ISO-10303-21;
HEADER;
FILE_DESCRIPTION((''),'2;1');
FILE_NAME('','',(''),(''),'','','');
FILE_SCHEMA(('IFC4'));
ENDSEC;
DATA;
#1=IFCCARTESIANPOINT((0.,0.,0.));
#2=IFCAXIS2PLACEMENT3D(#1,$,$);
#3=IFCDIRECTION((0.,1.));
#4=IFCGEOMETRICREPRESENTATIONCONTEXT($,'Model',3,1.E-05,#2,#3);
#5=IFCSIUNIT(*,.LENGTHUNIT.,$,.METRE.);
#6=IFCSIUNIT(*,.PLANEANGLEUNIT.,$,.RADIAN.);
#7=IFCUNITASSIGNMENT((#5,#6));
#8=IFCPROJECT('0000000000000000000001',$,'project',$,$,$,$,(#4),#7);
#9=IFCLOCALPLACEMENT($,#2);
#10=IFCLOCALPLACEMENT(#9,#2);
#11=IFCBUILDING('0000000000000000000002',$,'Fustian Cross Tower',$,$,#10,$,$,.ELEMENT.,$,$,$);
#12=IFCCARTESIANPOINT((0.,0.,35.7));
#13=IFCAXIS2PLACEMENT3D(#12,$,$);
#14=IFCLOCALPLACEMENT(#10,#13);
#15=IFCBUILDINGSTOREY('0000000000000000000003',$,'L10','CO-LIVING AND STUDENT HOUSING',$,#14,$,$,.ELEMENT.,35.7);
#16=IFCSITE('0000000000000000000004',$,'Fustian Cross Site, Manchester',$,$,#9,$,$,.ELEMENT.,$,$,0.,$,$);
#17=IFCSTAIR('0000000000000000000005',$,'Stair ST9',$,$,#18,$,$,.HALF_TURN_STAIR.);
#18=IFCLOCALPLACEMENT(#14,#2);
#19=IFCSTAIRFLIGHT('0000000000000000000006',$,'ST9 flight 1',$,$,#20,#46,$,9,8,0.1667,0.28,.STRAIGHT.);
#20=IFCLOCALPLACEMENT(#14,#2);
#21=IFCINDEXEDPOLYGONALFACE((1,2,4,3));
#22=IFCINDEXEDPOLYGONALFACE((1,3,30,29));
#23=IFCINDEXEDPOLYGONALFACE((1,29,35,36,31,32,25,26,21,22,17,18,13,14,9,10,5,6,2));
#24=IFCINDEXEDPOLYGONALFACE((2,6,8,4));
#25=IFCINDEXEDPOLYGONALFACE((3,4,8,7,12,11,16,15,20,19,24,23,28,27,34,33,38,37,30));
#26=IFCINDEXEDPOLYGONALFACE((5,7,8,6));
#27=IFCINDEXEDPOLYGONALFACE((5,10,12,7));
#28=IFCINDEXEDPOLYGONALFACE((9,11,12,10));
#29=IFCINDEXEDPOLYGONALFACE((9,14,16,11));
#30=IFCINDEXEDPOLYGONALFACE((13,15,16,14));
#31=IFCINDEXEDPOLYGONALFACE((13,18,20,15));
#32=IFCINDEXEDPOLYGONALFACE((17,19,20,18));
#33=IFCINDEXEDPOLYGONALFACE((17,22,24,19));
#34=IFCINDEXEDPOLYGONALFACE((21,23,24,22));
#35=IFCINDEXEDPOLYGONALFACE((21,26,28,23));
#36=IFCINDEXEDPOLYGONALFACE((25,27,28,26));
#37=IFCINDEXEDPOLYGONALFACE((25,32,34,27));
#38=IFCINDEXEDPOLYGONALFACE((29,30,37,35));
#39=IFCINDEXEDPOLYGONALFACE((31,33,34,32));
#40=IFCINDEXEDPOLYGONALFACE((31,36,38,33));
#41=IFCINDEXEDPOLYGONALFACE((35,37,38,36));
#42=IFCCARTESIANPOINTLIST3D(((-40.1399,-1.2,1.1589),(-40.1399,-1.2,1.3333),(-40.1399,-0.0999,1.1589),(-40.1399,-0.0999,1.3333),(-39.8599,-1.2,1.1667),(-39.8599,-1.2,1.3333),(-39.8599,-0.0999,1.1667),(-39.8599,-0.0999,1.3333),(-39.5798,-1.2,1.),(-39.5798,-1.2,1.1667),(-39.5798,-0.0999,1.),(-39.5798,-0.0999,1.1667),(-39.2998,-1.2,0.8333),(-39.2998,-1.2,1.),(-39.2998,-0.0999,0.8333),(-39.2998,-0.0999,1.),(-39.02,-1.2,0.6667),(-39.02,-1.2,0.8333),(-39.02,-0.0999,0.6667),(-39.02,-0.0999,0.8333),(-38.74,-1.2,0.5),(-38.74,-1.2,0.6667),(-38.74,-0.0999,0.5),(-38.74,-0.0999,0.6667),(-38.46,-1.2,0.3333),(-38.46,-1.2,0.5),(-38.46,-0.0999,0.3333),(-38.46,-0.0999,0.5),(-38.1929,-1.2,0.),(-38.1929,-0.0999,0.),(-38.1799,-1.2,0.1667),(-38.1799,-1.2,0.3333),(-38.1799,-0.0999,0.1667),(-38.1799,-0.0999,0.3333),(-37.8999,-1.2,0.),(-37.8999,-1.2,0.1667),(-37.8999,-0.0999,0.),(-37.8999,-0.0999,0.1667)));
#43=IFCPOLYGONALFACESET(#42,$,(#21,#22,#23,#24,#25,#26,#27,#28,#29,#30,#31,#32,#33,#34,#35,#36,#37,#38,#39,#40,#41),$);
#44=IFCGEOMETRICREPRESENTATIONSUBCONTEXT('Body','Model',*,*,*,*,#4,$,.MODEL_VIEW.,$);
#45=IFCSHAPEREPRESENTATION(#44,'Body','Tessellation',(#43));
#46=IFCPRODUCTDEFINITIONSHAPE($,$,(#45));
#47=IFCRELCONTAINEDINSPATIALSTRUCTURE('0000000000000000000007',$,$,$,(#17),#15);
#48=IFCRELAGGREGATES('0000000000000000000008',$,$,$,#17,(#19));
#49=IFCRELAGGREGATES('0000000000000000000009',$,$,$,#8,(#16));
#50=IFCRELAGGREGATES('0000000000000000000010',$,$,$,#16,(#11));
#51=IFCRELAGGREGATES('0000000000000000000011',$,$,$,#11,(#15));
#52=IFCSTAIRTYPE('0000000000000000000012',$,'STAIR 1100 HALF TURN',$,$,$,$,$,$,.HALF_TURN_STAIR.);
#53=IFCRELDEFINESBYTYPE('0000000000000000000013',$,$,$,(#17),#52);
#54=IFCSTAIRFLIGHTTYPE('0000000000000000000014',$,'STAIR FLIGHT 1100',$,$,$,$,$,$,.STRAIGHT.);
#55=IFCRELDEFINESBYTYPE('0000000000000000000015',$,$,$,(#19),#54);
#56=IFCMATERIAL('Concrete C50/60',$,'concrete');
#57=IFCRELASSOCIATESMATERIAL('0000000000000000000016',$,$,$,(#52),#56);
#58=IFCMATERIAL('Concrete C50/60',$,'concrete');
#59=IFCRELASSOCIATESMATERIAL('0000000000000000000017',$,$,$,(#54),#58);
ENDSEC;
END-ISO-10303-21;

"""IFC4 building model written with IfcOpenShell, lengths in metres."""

from ifc_helpers import new_model, si_unit, direction, frame, origin, place, context, subcontext, project, spatial, polyline, outline, extrude, material, type_object, element, aggregate, save


model = new_model("IFC4")

# Units and contexts
model_context = context("Model", 3, precision=1e-05, world=origin(), true_north=direction((0.0, 1.0)))
body_context = subcontext(model_context, "Body", "Model", "MODEL_VIEW")
ifc_project = project(units=[si_unit("LENGTHUNIT", "METRE"), si_unit("PLANEANGLEUNIT", "RADIAN")], contexts=[model_context])

# Site, building, storey
site_placement = place(None, origin())
site = spatial("IfcSite", under=ifc_project, at=site_placement, Name="Fustian Cross Site, Manchester", CompositionType="ELEMENT", RefElevation=0.0)
building_placement = place(site_placement, origin())
building = spatial("IfcBuilding", under=site, at=building_placement, Name="Fustian Cross Tower", CompositionType="ELEMENT")
storey_placement = place(building_placement, frame((0.0, 0.0, 35.7)))
storey = spatial("IfcBuildingStorey", under=building, at=storey_placement, Name="L10", Description="CO-LIVING AND STUDENT HOUSING", CompositionType="ELEMENT", Elevation=35.7)

# Stair, stair flight
ifc_material_1 = material(Name="Concrete C50/60", Category="concrete")
stair_type = type_object("IfcStairType", Name="STAIR 1100 HALF TURN", PredefinedType="HALF_TURN_STAIR", material=ifc_material_1)
stair_placement = place(storey_placement, origin())
stair = element("IfcStair", 1, at=stair_placement, inside=storey, type_object=stair_type, Name="Stair ST9", PredefinedType="HALF_TURN_STAIR")
ifc_material_2 = material(Name="Concrete C50/60", Category="concrete")
stair_flight_type = type_object("IfcStairFlightType", Name="STAIR FLIGHT 1100", PredefinedType="STRAIGHT", material=ifc_material_2)
stair_flight_placement = place(storey_placement, frame((-37.8999, -0.6499, 0.0), z_axis=(0.0, 0.0, 1.0), x_axis=(-1.0, 0.0, 0.0)))
stair_flight = element("IfcStairFlight", 2, at=stair_flight_placement, type_object=stair_flight_type, Name="ST9 flight 1", NumberOfRisers=9, NumberOfTreads=8, PredefinedType="STRAIGHT", RiserHeight=0.1667, TreadLength=0.28, context=body_context, shape_type="SweptSolid", body=[
    extrude(outline(polyline([(0.0, 0.0), (0.0, 0.1667), (0.28, 0.1667), (0.28, 0.3333), (0.5601, 0.3333), (0.5601, 0.5), (0.8401, 0.5), (0.8401, 0.6667), (1.1201, 0.6667), (1.1201, 0.8333), (1.3999, 0.8333), (1.3999, 1.0), (1.6799, 1.0), (1.6799, 1.1667), (1.96, 1.1667), (1.96, 1.3333), (2.24, 1.3333), (2.24, 1.5), (2.24, 1.1589), (0.293, 0.0), (0.0, 0.0)])), frame((0.0, 0.55, 0.0), z_axis=(0.0, -1.0, 0.0), x_axis=(1.0, 0.0, 0.0)), (0.0, 0.0, 1.0), 1.1001),
])
aggregate(stair, [stair_flight])

save(model, "model.ifc")
